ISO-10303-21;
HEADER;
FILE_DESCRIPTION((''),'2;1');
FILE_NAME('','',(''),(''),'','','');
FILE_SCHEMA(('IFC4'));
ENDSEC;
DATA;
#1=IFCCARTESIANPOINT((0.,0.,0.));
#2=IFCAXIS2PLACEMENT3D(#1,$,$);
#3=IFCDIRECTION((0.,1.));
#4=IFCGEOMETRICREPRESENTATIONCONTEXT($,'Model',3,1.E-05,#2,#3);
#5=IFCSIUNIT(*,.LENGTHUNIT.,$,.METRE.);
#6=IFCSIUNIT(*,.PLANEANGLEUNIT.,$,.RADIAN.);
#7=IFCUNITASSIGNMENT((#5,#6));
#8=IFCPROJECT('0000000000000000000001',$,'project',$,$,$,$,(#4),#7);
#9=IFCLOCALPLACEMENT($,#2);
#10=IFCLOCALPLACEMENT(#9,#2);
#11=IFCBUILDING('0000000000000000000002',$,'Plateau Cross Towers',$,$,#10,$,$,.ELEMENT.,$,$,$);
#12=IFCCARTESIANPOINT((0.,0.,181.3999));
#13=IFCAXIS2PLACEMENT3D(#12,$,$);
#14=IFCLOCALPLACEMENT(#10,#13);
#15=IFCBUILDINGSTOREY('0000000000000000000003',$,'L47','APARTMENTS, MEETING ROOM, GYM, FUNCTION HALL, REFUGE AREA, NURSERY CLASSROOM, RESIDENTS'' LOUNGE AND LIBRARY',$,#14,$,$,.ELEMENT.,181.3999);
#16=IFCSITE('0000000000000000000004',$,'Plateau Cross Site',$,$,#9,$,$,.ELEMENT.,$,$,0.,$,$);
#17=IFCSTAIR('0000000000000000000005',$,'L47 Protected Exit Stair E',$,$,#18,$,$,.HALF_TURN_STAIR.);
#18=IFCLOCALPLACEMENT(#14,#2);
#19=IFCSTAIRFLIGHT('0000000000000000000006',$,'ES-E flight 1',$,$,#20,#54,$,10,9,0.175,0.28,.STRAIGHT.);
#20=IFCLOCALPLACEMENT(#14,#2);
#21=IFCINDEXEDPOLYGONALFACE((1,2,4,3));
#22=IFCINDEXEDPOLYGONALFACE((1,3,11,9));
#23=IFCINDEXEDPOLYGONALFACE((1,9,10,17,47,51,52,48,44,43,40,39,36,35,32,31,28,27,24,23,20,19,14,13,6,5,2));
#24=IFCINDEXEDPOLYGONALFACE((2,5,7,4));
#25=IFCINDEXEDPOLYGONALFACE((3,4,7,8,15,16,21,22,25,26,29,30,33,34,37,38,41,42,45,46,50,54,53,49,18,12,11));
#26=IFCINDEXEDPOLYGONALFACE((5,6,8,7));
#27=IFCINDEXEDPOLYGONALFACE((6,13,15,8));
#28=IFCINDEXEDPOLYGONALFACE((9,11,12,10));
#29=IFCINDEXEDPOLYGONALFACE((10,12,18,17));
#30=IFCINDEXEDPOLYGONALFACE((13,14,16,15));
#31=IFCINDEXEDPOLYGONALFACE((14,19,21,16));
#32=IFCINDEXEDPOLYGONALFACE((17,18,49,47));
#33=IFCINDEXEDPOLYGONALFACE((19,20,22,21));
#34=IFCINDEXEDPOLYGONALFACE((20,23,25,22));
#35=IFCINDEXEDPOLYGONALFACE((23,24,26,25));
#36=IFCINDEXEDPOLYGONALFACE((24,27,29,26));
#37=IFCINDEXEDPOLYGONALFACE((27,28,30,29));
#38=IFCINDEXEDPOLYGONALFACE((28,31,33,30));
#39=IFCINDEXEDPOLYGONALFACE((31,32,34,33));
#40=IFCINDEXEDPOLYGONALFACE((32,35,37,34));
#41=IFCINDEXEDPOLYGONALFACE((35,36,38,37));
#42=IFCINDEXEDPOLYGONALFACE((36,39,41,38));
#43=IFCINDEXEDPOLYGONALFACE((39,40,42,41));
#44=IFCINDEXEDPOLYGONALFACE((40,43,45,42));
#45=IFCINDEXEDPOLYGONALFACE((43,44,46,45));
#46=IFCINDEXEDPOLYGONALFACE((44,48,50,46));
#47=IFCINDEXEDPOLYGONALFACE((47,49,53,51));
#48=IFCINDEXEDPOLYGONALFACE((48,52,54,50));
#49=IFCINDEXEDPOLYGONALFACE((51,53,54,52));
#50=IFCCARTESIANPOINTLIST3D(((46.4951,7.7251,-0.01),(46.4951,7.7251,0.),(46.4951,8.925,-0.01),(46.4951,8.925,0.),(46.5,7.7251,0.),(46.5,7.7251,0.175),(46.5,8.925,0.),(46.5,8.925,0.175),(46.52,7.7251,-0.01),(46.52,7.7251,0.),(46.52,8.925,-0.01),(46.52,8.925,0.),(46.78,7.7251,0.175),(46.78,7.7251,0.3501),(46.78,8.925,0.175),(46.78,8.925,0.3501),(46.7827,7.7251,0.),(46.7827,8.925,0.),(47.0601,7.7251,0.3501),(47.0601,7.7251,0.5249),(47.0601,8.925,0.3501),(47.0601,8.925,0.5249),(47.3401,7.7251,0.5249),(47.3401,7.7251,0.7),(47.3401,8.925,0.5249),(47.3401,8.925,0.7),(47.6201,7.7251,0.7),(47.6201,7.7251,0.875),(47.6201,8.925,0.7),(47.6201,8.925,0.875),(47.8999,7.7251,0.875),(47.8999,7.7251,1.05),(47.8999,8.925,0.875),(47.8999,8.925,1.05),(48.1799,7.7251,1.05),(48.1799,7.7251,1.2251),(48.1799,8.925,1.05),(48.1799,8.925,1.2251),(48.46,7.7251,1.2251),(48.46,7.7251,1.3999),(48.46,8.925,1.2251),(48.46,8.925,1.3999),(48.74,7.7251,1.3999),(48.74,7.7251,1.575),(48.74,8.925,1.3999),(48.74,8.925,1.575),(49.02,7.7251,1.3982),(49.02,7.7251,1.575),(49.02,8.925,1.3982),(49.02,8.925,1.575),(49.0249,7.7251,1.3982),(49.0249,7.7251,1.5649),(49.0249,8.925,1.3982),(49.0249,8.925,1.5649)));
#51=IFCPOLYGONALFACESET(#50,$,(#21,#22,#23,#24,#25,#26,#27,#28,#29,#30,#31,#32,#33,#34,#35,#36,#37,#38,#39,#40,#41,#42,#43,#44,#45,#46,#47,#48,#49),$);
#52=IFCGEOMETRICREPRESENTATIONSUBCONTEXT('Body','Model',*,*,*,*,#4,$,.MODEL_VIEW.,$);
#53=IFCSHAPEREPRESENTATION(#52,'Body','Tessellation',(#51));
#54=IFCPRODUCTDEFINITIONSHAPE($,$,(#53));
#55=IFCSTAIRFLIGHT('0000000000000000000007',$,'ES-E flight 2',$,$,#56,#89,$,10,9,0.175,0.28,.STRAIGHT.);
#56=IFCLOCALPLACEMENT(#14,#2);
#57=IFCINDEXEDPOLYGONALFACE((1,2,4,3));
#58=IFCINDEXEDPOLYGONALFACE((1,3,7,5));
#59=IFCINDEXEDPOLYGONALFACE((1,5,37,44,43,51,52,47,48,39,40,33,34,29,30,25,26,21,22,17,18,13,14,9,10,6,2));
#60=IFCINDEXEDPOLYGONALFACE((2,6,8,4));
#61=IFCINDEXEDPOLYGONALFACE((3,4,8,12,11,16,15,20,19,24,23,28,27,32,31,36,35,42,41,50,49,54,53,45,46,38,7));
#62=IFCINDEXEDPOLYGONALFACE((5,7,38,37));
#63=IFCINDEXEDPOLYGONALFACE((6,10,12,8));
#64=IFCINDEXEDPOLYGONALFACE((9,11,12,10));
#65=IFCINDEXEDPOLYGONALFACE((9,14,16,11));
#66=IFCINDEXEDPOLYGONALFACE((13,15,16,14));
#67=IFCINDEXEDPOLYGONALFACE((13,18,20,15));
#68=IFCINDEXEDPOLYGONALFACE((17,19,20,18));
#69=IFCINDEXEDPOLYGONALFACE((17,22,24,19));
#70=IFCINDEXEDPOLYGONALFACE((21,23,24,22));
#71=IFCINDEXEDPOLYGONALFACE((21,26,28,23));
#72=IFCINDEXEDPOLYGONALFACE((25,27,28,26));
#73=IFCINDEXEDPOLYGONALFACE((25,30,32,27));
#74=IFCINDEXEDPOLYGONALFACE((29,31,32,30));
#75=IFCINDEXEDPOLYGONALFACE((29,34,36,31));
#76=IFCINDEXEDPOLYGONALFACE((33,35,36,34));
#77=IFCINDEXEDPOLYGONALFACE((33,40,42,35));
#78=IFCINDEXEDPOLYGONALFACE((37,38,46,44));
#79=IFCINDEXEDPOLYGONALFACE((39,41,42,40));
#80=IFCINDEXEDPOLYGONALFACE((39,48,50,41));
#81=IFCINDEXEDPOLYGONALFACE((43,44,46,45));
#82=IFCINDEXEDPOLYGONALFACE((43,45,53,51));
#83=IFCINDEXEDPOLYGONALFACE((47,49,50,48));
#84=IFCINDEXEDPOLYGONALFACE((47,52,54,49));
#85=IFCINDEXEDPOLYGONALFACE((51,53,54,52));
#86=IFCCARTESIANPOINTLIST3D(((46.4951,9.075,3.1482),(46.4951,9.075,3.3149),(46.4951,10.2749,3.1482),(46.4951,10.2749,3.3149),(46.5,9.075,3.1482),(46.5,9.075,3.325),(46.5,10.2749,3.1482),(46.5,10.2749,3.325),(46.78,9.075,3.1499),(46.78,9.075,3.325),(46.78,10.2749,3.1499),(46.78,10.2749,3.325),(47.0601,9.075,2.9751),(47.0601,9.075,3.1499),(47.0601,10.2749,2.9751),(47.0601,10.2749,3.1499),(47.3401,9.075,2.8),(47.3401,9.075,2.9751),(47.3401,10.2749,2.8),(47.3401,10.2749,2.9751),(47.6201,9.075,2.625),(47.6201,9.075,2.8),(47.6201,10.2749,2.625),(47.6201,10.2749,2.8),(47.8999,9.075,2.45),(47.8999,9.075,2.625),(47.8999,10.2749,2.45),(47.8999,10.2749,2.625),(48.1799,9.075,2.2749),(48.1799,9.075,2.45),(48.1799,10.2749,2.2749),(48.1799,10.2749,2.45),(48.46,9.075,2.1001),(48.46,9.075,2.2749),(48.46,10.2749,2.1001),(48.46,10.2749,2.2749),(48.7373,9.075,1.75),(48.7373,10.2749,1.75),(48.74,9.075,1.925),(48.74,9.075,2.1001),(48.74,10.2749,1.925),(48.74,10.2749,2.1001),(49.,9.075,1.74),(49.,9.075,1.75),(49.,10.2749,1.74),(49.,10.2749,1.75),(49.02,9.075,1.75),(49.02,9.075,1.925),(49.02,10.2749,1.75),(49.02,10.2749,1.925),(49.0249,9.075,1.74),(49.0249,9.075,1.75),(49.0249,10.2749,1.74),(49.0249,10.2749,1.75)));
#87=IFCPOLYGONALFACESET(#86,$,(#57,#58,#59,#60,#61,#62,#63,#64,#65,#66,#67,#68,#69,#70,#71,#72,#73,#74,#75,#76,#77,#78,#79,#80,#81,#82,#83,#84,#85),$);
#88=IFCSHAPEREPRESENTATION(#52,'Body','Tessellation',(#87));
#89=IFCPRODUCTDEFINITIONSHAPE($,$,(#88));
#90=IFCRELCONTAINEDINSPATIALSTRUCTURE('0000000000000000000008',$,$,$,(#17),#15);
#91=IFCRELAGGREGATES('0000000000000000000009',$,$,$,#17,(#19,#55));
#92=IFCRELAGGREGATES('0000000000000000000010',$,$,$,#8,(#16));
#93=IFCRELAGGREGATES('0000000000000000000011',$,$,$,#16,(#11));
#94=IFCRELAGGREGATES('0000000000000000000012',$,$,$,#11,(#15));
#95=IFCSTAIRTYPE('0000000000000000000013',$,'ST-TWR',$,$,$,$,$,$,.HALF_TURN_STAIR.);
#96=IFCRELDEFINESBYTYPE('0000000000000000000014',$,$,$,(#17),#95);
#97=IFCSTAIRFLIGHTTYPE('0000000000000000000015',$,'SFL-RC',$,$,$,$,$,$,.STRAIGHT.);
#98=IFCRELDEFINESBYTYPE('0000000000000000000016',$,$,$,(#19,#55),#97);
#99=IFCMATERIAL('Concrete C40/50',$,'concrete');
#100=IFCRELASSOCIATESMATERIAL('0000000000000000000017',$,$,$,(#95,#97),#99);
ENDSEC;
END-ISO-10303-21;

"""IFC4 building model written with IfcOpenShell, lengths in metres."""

from ifc_helpers import new_model, si_unit, direction, frame, origin, place, context, subcontext, project, spatial, polyline, outline, extrude, material, type_object, element, aggregate, save


model = new_model("IFC4")

# Units and contexts
model_context = context("Model", 3, precision=1e-05, world=origin(), true_north=direction((0.0, 1.0)))
body_context = subcontext(model_context, "Body", "Model", "MODEL_VIEW")
ifc_project = project(units=[si_unit("LENGTHUNIT", "METRE"), si_unit("PLANEANGLEUNIT", "RADIAN")], contexts=[model_context])

# Site, building, storey
site_placement = place(None, origin())
site = spatial("IfcSite", under=ifc_project, at=site_placement, Name="Plateau Cross Site", CompositionType="ELEMENT", RefElevation=0.0)
building_placement = place(site_placement, origin())
building = spatial("IfcBuilding", under=site, at=building_placement, Name="Plateau Cross Towers", CompositionType="ELEMENT")
storey_placement = place(building_placement, frame((0.0, 0.0, 181.3999)))
storey = spatial("IfcBuildingStorey", under=building, at=storey_placement, Name="L47", Description="APARTMENTS, MEETING ROOM, GYM, FUNCTION HALL, REFUGE AREA, NURSERY CLASSROOM, RESIDENTS' LOUNGE AND LIBRARY", CompositionType="ELEMENT", Elevation=181.3999)

# Stair, stair flights
ifc_material_1 = material(Name="Concrete C40/50", Category="concrete")
stair_type = type_object("IfcStairType", Name="ST-TWR", PredefinedType="HALF_TURN_STAIR", material=ifc_material_1)
stair_placement = place(storey_placement, origin())
stair = element("IfcStair", 1, at=stair_placement, inside=storey, type_object=stair_type, Name="L47 Protected Exit Stair E", PredefinedType="HALF_TURN_STAIR")
stair_flight_type = type_object("IfcStairFlightType", Name="SFL-RC", PredefinedType="STRAIGHT", material=ifc_material_1)
stair_flight_1_placement = place(storey_placement, frame((46.5, 8.325, 0.0), z_axis=(0.0, 0.0, 1.0), x_axis=(1.0, 0.0, 0.0)))
stair_flight_1 = element("IfcStairFlight", 2, at=stair_flight_1_placement, type_object=stair_flight_type, Name="ES-E flight 1", NumberOfRisers=10, NumberOfTreads=9, PredefinedType="STRAIGHT", RiserHeight=0.175, TreadLength=0.28, context=body_context, shape_type="SweptSolid", body=[
    extrude(outline(polyline([(-0.0049, -0.01), (-0.0049, 0.0), (0.0, 0.0), (0.0, 0.175), (0.28, 0.175), (0.28, 0.3501), (0.5601, 0.3501), (0.5601, 0.5249), (0.8401, 0.5249), (0.8401, 0.7), (1.1201, 0.7), (1.1201, 0.875), (1.3999, 0.875), (1.3999, 1.05), (1.6799, 1.05), (1.6799, 1.2251), (1.96, 1.2251), (1.96, 1.3999), (2.24, 1.3999), (2.24, 1.575), (2.52, 1.575), (2.5249, 1.5649), (2.5249, 1.3982), (2.52, 1.3982), (0.2827, 0.0), (0.02, 0.0), (0.02, -0.01), (-0.0049, -0.01)])), frame((0.0, 0.6001, 0.0), z_axis=(0.0, -1.0, 0.0), x_axis=(1.0, 0.0, 0.0)), (0.0, 0.0, 1.0), 1.2),
])
stair_flight_2_placement = place(storey_placement, frame((49.02, 9.675, 1.75), z_axis=(0.0, 0.0, 1.0), x_axis=(-1.0, 0.0, 0.0)))
stair_flight_2 = element("IfcStairFlight", 3, at=stair_flight_2_placement, type_object=stair_flight_type, Name="ES-E flight 2", NumberOfRisers=10, NumberOfTreads=9, PredefinedType="STRAIGHT", RiserHeight=0.175, TreadLength=0.28, context=body_context, shape_type="SweptSolid", body=[
    extrude(outline(polyline([(-0.0049, -0.01), (-0.0049, 0.0), (0.0, 0.0), (0.0, 0.175), (0.28, 0.175), (0.28, 0.3501), (0.5601, 0.3501), (0.5601, 0.5249), (0.8401, 0.5249), (0.8401, 0.7), (1.1201, 0.7), (1.1201, 0.875), (1.3999, 0.875), (1.3999, 1.05), (1.6799, 1.05), (1.6799, 1.2251), (1.96, 1.2251), (1.96, 1.3999), (2.24, 1.3999), (2.24, 1.575), (2.52, 1.575), (2.5249, 1.5649), (2.5249, 1.3982), (2.52, 1.3982), (0.2827, 0.0), (0.02, 0.0), (0.02, -0.01), (-0.0049, -0.01)])), frame((0.0, 0.6001, 0.0), z_axis=(0.0, -1.0, 0.0), x_axis=(1.0, 0.0, 0.0)), (0.0, 0.0, 1.0), 1.2),
])
aggregate(stair, [stair_flight_1, stair_flight_2])

save(model, "model.ifc")
